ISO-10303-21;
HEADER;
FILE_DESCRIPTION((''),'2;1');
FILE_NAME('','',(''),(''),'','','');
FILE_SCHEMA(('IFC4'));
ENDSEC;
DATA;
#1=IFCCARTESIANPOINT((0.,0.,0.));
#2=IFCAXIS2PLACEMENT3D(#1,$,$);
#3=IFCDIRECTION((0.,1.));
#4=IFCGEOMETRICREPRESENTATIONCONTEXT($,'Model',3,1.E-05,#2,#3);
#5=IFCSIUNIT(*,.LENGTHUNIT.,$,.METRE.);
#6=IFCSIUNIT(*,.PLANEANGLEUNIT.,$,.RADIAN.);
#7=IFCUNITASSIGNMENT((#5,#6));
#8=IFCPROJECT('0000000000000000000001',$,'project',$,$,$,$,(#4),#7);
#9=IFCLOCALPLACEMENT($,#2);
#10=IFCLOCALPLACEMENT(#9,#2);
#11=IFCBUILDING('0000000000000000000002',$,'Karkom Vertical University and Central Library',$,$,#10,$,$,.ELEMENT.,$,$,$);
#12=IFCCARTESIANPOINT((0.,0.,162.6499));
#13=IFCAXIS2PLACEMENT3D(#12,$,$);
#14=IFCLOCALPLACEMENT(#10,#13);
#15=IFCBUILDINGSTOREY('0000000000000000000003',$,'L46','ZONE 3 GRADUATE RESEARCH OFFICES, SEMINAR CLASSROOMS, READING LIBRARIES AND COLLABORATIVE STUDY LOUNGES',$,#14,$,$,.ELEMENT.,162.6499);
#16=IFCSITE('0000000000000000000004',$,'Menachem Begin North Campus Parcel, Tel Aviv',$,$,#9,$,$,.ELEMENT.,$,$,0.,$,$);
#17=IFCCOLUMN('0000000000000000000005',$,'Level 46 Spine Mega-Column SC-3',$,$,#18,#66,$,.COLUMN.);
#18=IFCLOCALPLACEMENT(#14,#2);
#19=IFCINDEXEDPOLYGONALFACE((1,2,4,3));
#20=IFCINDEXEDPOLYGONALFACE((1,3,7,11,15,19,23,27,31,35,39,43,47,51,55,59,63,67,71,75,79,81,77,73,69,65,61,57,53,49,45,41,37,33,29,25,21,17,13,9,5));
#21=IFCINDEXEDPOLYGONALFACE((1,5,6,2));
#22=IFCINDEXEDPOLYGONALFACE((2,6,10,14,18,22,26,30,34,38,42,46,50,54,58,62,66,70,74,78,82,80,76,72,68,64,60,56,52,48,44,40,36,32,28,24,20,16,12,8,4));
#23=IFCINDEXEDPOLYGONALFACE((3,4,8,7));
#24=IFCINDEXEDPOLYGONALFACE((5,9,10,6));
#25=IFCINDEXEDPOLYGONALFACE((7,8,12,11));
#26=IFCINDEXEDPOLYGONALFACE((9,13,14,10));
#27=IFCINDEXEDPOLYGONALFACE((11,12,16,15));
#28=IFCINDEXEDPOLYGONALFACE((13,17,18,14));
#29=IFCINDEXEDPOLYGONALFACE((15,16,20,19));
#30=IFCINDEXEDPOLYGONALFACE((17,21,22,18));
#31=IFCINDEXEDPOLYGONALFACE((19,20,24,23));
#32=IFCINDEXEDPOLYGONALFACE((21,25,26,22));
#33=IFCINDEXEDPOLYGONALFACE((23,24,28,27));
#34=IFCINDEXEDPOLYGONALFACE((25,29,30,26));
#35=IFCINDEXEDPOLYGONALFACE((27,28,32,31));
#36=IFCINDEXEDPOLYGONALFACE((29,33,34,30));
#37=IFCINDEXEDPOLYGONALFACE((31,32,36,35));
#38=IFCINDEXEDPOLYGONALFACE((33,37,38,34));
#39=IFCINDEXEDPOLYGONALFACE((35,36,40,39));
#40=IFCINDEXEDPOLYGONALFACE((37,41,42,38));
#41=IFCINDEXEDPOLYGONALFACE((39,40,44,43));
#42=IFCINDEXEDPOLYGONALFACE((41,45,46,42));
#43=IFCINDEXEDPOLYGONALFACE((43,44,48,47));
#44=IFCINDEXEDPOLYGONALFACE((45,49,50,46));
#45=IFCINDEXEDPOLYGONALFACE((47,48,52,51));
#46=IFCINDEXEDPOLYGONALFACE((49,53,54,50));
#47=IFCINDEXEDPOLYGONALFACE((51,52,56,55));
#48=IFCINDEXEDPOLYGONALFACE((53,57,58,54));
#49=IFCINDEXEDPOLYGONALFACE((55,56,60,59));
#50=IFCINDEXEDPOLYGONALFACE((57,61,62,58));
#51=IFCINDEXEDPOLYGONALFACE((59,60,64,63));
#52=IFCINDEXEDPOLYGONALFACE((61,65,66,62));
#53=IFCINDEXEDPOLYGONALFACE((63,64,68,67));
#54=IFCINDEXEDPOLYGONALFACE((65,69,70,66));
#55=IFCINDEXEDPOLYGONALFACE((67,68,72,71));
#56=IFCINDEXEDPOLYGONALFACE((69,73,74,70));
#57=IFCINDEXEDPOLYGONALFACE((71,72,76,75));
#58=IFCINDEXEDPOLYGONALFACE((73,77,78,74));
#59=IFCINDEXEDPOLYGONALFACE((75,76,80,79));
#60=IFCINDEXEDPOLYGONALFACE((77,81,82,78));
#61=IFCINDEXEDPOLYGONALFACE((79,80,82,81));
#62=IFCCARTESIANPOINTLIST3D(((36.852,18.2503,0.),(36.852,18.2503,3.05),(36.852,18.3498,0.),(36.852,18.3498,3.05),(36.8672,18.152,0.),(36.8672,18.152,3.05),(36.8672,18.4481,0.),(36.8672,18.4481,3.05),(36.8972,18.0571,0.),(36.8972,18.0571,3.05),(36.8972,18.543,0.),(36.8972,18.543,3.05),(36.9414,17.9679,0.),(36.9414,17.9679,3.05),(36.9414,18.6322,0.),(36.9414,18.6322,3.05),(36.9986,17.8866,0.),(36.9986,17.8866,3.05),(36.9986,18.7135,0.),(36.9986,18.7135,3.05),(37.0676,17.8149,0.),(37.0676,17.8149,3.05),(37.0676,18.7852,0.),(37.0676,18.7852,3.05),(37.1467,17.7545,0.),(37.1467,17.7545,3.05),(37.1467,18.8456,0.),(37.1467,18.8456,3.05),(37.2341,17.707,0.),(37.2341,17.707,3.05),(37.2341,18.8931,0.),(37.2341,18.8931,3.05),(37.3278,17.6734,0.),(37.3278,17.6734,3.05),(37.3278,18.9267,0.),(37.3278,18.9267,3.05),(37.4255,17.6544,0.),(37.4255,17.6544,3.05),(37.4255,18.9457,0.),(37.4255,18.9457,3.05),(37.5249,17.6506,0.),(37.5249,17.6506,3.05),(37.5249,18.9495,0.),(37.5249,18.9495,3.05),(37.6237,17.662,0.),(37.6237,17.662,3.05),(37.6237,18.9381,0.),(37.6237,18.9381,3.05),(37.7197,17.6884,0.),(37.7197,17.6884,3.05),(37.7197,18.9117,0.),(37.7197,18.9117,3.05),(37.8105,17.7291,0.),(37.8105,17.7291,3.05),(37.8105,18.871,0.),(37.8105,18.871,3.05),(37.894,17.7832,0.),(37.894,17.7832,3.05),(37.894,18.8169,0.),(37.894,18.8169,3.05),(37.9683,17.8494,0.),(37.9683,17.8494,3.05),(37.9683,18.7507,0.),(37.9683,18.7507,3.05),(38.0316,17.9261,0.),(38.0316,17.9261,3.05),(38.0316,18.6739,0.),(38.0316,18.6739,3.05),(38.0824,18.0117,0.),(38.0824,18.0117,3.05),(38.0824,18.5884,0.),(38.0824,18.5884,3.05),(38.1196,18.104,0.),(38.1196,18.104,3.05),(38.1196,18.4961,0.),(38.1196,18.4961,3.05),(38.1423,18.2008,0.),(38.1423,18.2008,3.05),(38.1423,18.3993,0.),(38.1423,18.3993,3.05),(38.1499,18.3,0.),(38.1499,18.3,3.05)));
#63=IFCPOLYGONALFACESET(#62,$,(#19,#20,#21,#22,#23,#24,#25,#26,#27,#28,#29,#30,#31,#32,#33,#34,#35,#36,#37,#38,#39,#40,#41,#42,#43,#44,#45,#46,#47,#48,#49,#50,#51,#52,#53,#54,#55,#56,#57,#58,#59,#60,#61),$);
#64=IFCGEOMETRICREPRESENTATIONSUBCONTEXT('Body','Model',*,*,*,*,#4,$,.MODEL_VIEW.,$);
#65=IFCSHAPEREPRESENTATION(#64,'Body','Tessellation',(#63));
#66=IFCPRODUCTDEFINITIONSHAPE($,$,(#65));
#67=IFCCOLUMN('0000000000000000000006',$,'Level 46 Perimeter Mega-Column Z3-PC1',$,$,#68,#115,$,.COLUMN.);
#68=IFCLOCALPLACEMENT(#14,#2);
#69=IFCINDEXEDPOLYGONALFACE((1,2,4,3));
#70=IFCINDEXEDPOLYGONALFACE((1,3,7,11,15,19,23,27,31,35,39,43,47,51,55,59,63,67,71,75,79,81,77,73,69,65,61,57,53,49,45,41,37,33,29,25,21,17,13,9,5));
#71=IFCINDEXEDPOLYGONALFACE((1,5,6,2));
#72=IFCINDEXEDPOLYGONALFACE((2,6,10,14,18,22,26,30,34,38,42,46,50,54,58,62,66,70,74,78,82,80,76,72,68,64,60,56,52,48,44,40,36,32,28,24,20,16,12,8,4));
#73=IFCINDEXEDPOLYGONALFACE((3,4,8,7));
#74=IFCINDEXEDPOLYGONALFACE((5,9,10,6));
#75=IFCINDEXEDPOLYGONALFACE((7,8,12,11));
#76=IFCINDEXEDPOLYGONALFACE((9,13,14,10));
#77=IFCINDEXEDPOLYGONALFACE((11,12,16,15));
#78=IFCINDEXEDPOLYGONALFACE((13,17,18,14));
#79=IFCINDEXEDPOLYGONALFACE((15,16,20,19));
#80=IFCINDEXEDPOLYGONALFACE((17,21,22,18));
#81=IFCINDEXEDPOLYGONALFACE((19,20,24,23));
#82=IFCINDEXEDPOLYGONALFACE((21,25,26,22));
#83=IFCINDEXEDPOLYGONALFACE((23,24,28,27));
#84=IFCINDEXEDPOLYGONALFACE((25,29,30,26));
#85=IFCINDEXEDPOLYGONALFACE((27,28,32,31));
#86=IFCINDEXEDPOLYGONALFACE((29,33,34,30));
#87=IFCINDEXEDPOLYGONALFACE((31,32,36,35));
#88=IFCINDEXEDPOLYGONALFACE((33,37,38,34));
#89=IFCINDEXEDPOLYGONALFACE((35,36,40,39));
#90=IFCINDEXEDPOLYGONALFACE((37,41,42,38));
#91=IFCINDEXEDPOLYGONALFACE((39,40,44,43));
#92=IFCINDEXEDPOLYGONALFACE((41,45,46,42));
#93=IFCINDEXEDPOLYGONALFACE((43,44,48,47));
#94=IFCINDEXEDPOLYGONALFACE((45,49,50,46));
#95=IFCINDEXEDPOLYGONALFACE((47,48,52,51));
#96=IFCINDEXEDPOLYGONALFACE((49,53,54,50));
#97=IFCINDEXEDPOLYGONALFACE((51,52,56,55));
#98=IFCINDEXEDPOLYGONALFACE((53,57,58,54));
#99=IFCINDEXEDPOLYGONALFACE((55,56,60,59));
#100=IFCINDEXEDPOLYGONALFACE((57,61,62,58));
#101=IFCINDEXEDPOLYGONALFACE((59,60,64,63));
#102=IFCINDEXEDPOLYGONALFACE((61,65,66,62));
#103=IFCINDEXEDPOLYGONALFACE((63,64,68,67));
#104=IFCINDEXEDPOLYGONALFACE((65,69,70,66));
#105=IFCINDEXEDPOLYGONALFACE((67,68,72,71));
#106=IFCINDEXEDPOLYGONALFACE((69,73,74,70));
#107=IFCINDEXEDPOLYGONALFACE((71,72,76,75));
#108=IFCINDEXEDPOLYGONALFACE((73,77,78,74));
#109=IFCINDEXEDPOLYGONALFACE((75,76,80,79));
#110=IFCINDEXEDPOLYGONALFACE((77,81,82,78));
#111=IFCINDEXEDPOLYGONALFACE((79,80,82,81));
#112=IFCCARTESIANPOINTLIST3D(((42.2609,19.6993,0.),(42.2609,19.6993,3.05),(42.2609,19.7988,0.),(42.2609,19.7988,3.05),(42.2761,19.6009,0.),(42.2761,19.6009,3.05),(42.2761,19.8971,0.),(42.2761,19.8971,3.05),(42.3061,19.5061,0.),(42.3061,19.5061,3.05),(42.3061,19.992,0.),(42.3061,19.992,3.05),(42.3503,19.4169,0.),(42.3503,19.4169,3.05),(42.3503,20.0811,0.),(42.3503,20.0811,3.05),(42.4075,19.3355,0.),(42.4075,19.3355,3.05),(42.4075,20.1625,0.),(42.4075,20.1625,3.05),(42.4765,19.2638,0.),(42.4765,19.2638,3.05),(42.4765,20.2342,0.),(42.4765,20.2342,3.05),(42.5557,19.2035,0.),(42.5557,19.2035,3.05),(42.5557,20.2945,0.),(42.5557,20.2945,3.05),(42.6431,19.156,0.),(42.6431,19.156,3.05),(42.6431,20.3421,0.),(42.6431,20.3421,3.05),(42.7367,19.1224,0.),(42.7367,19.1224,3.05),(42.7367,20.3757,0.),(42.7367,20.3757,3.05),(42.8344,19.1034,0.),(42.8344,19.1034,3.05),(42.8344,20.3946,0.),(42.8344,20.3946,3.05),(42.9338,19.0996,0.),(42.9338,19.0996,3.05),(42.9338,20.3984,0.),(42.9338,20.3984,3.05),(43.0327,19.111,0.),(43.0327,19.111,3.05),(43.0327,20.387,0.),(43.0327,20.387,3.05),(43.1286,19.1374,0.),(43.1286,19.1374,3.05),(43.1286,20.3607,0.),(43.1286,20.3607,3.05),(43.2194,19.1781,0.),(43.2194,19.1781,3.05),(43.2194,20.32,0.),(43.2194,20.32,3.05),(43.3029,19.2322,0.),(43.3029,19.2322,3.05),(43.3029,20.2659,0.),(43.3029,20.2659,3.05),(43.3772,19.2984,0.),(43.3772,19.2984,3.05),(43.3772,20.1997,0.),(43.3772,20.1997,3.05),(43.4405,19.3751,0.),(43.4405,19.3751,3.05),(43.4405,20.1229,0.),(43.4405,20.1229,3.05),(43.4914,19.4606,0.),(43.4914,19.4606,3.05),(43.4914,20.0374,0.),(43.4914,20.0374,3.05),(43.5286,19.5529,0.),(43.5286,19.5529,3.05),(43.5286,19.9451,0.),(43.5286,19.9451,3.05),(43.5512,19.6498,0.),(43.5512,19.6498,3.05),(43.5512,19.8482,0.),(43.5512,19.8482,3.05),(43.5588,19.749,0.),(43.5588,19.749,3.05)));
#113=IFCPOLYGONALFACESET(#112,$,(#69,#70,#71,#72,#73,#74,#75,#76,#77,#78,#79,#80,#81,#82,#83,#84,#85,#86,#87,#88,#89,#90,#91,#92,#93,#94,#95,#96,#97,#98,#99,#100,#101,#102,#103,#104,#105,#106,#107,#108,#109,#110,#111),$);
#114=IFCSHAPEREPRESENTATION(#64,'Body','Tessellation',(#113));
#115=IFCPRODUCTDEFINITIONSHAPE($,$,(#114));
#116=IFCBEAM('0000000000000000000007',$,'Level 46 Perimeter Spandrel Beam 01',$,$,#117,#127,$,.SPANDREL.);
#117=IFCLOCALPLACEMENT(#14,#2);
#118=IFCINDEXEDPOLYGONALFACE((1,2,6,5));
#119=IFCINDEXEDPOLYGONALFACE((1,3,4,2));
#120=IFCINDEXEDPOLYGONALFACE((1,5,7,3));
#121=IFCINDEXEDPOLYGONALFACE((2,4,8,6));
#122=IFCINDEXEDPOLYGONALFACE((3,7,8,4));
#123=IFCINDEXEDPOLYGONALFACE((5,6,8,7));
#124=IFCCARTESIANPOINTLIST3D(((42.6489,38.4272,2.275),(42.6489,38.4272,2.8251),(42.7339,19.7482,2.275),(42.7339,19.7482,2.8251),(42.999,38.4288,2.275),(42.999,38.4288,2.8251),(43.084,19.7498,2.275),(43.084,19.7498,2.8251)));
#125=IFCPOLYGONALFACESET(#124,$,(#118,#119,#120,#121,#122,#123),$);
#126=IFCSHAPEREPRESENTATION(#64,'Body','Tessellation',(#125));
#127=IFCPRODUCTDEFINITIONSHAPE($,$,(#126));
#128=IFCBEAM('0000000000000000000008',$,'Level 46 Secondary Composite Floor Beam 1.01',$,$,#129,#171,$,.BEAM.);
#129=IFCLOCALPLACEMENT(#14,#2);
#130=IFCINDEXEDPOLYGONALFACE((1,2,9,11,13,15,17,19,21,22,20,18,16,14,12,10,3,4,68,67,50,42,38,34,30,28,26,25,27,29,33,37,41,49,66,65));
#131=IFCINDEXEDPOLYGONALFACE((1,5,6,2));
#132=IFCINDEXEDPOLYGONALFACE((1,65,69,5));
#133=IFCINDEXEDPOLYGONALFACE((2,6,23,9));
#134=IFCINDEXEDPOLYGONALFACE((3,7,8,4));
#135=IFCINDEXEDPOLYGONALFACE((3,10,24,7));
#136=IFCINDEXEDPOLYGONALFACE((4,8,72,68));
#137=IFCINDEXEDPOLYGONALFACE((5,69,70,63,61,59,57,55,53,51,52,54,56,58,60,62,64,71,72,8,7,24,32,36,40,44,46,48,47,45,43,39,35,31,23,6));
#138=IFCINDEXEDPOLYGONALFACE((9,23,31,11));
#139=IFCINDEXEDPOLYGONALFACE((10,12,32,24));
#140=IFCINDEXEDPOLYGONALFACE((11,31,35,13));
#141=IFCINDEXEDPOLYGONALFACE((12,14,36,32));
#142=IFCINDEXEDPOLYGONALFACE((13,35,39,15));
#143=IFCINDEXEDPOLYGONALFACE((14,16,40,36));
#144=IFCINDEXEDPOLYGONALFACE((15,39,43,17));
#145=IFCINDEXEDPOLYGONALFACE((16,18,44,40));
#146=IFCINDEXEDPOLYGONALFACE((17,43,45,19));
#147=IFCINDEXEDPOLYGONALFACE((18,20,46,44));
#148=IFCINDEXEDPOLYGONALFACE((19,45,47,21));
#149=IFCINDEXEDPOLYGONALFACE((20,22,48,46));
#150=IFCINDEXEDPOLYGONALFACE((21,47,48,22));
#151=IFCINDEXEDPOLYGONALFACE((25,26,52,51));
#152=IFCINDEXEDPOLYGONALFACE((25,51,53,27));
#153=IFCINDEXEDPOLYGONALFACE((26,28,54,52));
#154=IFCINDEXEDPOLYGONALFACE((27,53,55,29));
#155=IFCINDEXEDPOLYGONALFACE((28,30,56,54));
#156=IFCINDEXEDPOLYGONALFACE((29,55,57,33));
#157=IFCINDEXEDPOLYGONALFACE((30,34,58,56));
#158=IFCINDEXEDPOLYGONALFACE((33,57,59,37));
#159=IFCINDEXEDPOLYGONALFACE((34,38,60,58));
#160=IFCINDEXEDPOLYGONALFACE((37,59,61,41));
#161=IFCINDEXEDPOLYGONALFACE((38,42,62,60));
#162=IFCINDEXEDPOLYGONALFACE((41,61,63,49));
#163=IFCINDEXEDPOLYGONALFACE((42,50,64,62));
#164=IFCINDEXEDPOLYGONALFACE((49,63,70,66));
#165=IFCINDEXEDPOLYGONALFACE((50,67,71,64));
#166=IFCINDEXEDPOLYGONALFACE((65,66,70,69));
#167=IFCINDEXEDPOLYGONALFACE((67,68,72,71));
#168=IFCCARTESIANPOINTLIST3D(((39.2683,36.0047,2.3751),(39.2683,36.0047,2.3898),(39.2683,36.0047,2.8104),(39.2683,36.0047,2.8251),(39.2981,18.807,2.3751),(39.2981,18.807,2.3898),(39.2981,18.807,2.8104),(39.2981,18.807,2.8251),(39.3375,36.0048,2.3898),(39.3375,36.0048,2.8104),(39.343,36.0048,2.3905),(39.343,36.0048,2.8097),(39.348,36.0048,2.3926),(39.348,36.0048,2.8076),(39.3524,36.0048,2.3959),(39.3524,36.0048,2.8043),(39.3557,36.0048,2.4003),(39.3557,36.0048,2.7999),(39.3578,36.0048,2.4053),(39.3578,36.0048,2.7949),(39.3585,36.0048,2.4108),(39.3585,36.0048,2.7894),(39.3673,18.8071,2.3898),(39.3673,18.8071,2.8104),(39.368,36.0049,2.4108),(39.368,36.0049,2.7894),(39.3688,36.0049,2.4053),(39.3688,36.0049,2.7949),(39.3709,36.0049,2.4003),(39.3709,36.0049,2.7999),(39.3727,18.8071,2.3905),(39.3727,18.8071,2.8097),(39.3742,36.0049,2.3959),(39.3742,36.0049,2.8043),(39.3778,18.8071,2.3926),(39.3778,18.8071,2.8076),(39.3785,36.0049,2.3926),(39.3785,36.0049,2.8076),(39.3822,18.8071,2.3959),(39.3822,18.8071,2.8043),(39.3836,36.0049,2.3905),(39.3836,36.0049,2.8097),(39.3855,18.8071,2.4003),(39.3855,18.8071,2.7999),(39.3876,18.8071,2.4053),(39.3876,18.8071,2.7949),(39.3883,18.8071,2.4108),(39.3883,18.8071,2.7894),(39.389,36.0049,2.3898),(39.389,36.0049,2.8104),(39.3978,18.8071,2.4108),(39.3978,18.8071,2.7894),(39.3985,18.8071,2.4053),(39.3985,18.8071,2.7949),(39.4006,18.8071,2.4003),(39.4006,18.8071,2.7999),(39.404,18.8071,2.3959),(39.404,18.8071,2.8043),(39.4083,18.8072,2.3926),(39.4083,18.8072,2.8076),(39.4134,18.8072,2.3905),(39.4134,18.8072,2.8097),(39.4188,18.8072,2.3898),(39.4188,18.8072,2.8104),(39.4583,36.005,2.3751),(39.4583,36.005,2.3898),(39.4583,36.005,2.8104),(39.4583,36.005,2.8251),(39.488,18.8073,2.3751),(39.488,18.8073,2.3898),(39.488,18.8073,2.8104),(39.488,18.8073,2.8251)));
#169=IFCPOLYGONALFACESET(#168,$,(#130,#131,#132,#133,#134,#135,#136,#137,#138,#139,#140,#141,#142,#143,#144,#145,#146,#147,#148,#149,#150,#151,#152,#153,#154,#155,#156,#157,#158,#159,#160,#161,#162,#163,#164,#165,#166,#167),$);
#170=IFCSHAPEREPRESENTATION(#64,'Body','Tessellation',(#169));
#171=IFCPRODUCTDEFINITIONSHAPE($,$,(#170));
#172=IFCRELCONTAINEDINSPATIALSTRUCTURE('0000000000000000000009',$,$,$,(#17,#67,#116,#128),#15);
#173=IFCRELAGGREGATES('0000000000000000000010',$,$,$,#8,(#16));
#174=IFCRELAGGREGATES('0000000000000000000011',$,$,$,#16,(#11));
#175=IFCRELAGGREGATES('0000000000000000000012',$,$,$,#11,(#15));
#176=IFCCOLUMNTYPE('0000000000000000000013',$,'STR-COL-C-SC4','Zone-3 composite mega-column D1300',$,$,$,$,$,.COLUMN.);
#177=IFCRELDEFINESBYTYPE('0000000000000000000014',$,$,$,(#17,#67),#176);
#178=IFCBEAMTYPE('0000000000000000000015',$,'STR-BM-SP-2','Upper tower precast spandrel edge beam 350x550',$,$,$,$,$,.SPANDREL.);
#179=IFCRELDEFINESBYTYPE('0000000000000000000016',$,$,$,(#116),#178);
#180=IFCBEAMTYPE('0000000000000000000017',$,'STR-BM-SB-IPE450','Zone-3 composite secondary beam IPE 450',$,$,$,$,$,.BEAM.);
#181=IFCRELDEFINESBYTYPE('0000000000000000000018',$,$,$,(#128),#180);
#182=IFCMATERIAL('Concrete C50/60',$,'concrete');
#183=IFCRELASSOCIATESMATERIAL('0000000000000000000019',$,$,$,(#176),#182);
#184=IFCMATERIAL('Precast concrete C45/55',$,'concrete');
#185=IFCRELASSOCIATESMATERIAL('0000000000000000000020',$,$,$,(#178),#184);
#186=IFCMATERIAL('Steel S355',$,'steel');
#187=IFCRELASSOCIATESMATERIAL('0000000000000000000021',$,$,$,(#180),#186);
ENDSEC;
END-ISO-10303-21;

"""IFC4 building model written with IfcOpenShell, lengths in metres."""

from ifc_helpers import new_model, si_unit, direction, frame, origin, origin_with_axes, origin_2d, place, context, subcontext, project, spatial, rectangle, circle, i_section, extrude, source, transform, mapped, material, material_profile, profile_set, type_object, element, save


model = new_model("IFC4")

# Units and contexts
model_context = context("Model", 3, precision=1e-05, world=origin(), true_north=direction((0.0, 1.0)))
body_context = subcontext(model_context, "Body", "Model", "MODEL_VIEW")
ifc_project = project(units=[si_unit("LENGTHUNIT", "METRE"), si_unit("PLANEANGLEUNIT", "RADIAN")], contexts=[model_context])

# Site, building, storey
site_placement = place(None, origin())
site = spatial("IfcSite", under=ifc_project, at=site_placement, Name="Menachem Begin North Campus Parcel, Tel Aviv", CompositionType="ELEMENT", RefElevation=0.0)
building_placement = place(site_placement, origin())
building = spatial("IfcBuilding", under=site, at=building_placement, Name="Karkom Vertical University and Central Library", CompositionType="ELEMENT")
storey_placement = place(building_placement, frame((0.0, 0.0, 162.6499)))
storey = spatial("IfcBuildingStorey", under=building, at=storey_placement, Name="L46", Description="ZONE 3 GRADUATE RESEARCH OFFICES, SEMINAR CLASSROOMS, READING LIBRARIES AND COLLABORATIVE STUDY LOUNGES", CompositionType="ELEMENT", Elevation=162.6499)

# Columns
ifc_material_1 = material(Name="Concrete C50/60", Category="concrete")
ifc_material_profile_1 = material_profile(ifc_material_1, circle(Radius=0.6499, at=origin_2d()), Name="CFT-D1300")
ifc_profile_set_1 = profile_set([ifc_material_profile_1], Name="Concrete C50/60")
column_type = type_object("IfcColumnType", Name="STR-COL-C-SC4", Description="Zone-3 composite mega-column D1300", PredefinedType="COLUMN", material=ifc_profile_set_1)
shared_shape_1 = source(origin_with_axes(), body_context, "Body", "SweptSolid", [
    extrude(circle(Radius=0.6499, at=origin_2d()), origin(), (0.0, 0.0, 1.0), 3.05),
])
for number, where, z_axis, x_axis, name in (
    (1, (37.5, 18.3, 0.0), (0.0, 0.0, 1.0), (1.0, 0.0, 0.0), "Level 46 Spine Mega-Column SC-3"),
    (2, (42.9089, 19.749, 0.0), (0.0, 0.0, 1.0), (1.0, 0.0, 0.0), "Level 46 Perimeter Mega-Column Z3-PC1"),
):
    element("IfcColumn", number, at=place(storey_placement, frame(where, z_axis=z_axis, x_axis=x_axis)), inside=storey, type_object=column_type, Name=name, PredefinedType="COLUMN", context=body_context, shape_type="MappedRepresentation", body=[
        mapped(shared_shape_1, transform((0.0, 0.0, 0.0), scale=1.0)),
    ])

# Beams
ifc_material_2 = material(Name="Precast concrete C45/55", Category="concrete")
ifc_material_profile_2 = material_profile(ifc_material_2, rectangle(XDim=0.3501, YDim=0.55, at=origin_2d()), Name="SPB-350x550")
ifc_profile_set_2 = profile_set([ifc_material_profile_2], Name="Precast concrete C45/55")
beam_type_1 = type_object("IfcBeamType", Name="STR-BM-SP-2", Description="Upper tower precast spandrel edge beam 350x550", PredefinedType="SPANDREL", material=ifc_profile_set_2)
shared_shape_2 = source(origin_with_axes(), body_context, "Body", "SweptSolid", [
    extrude(rectangle(XDim=0.3501, YDim=0.55, at=origin_2d()), origin(), (0.0, 0.0, 1.0), 18.6792),
])
beam_1_placement = place(storey_placement, frame((42.9089, 19.749, 2.55), z_axis=(-0.004548, 0.99999, 0.0), x_axis=(-0.99999, -0.004548, 0.0)))
element("IfcBeam", 3, at=beam_1_placement, inside=storey, type_object=beam_type_1, Name="Level 46 Perimeter Spandrel Beam 01", PredefinedType="SPANDREL", context=body_context, shape_type="MappedRepresentation", body=[
    mapped(shared_shape_2, transform((0.0, 0.0, 0.0), scale=1.0)),
])
ifc_material_3 = material(Name="Steel S355", Category="steel")
ifc_material_profile_3 = material_profile(ifc_material_3, i_section(OverallWidth=0.1899, OverallDepth=0.45, WebThickness=0.0095, FlangeThickness=0.0146, FilletRadius=0.021, at=origin_2d()), Name="IPE 450")
ifc_profile_set_3 = profile_set([ifc_material_profile_3], Name="Steel S355")
beam_type_2 = type_object("IfcBeamType", Name="STR-BM-SB-IPE450", Description="Zone-3 composite secondary beam IPE 450", PredefinedType="BEAM", material=ifc_profile_set_3)
shared_shape_3 = source(origin_with_axes(), body_context, "Body", "SweptSolid", [
    extrude(i_section(OverallWidth=0.1899, OverallDepth=0.45, WebThickness=0.0095, FlangeThickness=0.0146, FilletRadius=0.021, at=origin_2d()), origin(), (0.0, 0.0, 1.0), 17.1978),
])
beam_2_placement = place(storey_placement, frame((39.3931, 18.8071, 2.6001), z_axis=(-0.001732, 0.999999, 0.0), x_axis=(-0.999999, -0.001732, 0.0)))
element("IfcBeam", 4, at=beam_2_placement, inside=storey, type_object=beam_type_2, Name="Level 46 Secondary Composite Floor Beam 1.01", PredefinedType="BEAM", context=body_context, shape_type="MappedRepresentation", body=[
    mapped(shared_shape_3, transform((0.0, 0.0, 0.0), scale=1.0)),
])

save(model, "model.ifc")
